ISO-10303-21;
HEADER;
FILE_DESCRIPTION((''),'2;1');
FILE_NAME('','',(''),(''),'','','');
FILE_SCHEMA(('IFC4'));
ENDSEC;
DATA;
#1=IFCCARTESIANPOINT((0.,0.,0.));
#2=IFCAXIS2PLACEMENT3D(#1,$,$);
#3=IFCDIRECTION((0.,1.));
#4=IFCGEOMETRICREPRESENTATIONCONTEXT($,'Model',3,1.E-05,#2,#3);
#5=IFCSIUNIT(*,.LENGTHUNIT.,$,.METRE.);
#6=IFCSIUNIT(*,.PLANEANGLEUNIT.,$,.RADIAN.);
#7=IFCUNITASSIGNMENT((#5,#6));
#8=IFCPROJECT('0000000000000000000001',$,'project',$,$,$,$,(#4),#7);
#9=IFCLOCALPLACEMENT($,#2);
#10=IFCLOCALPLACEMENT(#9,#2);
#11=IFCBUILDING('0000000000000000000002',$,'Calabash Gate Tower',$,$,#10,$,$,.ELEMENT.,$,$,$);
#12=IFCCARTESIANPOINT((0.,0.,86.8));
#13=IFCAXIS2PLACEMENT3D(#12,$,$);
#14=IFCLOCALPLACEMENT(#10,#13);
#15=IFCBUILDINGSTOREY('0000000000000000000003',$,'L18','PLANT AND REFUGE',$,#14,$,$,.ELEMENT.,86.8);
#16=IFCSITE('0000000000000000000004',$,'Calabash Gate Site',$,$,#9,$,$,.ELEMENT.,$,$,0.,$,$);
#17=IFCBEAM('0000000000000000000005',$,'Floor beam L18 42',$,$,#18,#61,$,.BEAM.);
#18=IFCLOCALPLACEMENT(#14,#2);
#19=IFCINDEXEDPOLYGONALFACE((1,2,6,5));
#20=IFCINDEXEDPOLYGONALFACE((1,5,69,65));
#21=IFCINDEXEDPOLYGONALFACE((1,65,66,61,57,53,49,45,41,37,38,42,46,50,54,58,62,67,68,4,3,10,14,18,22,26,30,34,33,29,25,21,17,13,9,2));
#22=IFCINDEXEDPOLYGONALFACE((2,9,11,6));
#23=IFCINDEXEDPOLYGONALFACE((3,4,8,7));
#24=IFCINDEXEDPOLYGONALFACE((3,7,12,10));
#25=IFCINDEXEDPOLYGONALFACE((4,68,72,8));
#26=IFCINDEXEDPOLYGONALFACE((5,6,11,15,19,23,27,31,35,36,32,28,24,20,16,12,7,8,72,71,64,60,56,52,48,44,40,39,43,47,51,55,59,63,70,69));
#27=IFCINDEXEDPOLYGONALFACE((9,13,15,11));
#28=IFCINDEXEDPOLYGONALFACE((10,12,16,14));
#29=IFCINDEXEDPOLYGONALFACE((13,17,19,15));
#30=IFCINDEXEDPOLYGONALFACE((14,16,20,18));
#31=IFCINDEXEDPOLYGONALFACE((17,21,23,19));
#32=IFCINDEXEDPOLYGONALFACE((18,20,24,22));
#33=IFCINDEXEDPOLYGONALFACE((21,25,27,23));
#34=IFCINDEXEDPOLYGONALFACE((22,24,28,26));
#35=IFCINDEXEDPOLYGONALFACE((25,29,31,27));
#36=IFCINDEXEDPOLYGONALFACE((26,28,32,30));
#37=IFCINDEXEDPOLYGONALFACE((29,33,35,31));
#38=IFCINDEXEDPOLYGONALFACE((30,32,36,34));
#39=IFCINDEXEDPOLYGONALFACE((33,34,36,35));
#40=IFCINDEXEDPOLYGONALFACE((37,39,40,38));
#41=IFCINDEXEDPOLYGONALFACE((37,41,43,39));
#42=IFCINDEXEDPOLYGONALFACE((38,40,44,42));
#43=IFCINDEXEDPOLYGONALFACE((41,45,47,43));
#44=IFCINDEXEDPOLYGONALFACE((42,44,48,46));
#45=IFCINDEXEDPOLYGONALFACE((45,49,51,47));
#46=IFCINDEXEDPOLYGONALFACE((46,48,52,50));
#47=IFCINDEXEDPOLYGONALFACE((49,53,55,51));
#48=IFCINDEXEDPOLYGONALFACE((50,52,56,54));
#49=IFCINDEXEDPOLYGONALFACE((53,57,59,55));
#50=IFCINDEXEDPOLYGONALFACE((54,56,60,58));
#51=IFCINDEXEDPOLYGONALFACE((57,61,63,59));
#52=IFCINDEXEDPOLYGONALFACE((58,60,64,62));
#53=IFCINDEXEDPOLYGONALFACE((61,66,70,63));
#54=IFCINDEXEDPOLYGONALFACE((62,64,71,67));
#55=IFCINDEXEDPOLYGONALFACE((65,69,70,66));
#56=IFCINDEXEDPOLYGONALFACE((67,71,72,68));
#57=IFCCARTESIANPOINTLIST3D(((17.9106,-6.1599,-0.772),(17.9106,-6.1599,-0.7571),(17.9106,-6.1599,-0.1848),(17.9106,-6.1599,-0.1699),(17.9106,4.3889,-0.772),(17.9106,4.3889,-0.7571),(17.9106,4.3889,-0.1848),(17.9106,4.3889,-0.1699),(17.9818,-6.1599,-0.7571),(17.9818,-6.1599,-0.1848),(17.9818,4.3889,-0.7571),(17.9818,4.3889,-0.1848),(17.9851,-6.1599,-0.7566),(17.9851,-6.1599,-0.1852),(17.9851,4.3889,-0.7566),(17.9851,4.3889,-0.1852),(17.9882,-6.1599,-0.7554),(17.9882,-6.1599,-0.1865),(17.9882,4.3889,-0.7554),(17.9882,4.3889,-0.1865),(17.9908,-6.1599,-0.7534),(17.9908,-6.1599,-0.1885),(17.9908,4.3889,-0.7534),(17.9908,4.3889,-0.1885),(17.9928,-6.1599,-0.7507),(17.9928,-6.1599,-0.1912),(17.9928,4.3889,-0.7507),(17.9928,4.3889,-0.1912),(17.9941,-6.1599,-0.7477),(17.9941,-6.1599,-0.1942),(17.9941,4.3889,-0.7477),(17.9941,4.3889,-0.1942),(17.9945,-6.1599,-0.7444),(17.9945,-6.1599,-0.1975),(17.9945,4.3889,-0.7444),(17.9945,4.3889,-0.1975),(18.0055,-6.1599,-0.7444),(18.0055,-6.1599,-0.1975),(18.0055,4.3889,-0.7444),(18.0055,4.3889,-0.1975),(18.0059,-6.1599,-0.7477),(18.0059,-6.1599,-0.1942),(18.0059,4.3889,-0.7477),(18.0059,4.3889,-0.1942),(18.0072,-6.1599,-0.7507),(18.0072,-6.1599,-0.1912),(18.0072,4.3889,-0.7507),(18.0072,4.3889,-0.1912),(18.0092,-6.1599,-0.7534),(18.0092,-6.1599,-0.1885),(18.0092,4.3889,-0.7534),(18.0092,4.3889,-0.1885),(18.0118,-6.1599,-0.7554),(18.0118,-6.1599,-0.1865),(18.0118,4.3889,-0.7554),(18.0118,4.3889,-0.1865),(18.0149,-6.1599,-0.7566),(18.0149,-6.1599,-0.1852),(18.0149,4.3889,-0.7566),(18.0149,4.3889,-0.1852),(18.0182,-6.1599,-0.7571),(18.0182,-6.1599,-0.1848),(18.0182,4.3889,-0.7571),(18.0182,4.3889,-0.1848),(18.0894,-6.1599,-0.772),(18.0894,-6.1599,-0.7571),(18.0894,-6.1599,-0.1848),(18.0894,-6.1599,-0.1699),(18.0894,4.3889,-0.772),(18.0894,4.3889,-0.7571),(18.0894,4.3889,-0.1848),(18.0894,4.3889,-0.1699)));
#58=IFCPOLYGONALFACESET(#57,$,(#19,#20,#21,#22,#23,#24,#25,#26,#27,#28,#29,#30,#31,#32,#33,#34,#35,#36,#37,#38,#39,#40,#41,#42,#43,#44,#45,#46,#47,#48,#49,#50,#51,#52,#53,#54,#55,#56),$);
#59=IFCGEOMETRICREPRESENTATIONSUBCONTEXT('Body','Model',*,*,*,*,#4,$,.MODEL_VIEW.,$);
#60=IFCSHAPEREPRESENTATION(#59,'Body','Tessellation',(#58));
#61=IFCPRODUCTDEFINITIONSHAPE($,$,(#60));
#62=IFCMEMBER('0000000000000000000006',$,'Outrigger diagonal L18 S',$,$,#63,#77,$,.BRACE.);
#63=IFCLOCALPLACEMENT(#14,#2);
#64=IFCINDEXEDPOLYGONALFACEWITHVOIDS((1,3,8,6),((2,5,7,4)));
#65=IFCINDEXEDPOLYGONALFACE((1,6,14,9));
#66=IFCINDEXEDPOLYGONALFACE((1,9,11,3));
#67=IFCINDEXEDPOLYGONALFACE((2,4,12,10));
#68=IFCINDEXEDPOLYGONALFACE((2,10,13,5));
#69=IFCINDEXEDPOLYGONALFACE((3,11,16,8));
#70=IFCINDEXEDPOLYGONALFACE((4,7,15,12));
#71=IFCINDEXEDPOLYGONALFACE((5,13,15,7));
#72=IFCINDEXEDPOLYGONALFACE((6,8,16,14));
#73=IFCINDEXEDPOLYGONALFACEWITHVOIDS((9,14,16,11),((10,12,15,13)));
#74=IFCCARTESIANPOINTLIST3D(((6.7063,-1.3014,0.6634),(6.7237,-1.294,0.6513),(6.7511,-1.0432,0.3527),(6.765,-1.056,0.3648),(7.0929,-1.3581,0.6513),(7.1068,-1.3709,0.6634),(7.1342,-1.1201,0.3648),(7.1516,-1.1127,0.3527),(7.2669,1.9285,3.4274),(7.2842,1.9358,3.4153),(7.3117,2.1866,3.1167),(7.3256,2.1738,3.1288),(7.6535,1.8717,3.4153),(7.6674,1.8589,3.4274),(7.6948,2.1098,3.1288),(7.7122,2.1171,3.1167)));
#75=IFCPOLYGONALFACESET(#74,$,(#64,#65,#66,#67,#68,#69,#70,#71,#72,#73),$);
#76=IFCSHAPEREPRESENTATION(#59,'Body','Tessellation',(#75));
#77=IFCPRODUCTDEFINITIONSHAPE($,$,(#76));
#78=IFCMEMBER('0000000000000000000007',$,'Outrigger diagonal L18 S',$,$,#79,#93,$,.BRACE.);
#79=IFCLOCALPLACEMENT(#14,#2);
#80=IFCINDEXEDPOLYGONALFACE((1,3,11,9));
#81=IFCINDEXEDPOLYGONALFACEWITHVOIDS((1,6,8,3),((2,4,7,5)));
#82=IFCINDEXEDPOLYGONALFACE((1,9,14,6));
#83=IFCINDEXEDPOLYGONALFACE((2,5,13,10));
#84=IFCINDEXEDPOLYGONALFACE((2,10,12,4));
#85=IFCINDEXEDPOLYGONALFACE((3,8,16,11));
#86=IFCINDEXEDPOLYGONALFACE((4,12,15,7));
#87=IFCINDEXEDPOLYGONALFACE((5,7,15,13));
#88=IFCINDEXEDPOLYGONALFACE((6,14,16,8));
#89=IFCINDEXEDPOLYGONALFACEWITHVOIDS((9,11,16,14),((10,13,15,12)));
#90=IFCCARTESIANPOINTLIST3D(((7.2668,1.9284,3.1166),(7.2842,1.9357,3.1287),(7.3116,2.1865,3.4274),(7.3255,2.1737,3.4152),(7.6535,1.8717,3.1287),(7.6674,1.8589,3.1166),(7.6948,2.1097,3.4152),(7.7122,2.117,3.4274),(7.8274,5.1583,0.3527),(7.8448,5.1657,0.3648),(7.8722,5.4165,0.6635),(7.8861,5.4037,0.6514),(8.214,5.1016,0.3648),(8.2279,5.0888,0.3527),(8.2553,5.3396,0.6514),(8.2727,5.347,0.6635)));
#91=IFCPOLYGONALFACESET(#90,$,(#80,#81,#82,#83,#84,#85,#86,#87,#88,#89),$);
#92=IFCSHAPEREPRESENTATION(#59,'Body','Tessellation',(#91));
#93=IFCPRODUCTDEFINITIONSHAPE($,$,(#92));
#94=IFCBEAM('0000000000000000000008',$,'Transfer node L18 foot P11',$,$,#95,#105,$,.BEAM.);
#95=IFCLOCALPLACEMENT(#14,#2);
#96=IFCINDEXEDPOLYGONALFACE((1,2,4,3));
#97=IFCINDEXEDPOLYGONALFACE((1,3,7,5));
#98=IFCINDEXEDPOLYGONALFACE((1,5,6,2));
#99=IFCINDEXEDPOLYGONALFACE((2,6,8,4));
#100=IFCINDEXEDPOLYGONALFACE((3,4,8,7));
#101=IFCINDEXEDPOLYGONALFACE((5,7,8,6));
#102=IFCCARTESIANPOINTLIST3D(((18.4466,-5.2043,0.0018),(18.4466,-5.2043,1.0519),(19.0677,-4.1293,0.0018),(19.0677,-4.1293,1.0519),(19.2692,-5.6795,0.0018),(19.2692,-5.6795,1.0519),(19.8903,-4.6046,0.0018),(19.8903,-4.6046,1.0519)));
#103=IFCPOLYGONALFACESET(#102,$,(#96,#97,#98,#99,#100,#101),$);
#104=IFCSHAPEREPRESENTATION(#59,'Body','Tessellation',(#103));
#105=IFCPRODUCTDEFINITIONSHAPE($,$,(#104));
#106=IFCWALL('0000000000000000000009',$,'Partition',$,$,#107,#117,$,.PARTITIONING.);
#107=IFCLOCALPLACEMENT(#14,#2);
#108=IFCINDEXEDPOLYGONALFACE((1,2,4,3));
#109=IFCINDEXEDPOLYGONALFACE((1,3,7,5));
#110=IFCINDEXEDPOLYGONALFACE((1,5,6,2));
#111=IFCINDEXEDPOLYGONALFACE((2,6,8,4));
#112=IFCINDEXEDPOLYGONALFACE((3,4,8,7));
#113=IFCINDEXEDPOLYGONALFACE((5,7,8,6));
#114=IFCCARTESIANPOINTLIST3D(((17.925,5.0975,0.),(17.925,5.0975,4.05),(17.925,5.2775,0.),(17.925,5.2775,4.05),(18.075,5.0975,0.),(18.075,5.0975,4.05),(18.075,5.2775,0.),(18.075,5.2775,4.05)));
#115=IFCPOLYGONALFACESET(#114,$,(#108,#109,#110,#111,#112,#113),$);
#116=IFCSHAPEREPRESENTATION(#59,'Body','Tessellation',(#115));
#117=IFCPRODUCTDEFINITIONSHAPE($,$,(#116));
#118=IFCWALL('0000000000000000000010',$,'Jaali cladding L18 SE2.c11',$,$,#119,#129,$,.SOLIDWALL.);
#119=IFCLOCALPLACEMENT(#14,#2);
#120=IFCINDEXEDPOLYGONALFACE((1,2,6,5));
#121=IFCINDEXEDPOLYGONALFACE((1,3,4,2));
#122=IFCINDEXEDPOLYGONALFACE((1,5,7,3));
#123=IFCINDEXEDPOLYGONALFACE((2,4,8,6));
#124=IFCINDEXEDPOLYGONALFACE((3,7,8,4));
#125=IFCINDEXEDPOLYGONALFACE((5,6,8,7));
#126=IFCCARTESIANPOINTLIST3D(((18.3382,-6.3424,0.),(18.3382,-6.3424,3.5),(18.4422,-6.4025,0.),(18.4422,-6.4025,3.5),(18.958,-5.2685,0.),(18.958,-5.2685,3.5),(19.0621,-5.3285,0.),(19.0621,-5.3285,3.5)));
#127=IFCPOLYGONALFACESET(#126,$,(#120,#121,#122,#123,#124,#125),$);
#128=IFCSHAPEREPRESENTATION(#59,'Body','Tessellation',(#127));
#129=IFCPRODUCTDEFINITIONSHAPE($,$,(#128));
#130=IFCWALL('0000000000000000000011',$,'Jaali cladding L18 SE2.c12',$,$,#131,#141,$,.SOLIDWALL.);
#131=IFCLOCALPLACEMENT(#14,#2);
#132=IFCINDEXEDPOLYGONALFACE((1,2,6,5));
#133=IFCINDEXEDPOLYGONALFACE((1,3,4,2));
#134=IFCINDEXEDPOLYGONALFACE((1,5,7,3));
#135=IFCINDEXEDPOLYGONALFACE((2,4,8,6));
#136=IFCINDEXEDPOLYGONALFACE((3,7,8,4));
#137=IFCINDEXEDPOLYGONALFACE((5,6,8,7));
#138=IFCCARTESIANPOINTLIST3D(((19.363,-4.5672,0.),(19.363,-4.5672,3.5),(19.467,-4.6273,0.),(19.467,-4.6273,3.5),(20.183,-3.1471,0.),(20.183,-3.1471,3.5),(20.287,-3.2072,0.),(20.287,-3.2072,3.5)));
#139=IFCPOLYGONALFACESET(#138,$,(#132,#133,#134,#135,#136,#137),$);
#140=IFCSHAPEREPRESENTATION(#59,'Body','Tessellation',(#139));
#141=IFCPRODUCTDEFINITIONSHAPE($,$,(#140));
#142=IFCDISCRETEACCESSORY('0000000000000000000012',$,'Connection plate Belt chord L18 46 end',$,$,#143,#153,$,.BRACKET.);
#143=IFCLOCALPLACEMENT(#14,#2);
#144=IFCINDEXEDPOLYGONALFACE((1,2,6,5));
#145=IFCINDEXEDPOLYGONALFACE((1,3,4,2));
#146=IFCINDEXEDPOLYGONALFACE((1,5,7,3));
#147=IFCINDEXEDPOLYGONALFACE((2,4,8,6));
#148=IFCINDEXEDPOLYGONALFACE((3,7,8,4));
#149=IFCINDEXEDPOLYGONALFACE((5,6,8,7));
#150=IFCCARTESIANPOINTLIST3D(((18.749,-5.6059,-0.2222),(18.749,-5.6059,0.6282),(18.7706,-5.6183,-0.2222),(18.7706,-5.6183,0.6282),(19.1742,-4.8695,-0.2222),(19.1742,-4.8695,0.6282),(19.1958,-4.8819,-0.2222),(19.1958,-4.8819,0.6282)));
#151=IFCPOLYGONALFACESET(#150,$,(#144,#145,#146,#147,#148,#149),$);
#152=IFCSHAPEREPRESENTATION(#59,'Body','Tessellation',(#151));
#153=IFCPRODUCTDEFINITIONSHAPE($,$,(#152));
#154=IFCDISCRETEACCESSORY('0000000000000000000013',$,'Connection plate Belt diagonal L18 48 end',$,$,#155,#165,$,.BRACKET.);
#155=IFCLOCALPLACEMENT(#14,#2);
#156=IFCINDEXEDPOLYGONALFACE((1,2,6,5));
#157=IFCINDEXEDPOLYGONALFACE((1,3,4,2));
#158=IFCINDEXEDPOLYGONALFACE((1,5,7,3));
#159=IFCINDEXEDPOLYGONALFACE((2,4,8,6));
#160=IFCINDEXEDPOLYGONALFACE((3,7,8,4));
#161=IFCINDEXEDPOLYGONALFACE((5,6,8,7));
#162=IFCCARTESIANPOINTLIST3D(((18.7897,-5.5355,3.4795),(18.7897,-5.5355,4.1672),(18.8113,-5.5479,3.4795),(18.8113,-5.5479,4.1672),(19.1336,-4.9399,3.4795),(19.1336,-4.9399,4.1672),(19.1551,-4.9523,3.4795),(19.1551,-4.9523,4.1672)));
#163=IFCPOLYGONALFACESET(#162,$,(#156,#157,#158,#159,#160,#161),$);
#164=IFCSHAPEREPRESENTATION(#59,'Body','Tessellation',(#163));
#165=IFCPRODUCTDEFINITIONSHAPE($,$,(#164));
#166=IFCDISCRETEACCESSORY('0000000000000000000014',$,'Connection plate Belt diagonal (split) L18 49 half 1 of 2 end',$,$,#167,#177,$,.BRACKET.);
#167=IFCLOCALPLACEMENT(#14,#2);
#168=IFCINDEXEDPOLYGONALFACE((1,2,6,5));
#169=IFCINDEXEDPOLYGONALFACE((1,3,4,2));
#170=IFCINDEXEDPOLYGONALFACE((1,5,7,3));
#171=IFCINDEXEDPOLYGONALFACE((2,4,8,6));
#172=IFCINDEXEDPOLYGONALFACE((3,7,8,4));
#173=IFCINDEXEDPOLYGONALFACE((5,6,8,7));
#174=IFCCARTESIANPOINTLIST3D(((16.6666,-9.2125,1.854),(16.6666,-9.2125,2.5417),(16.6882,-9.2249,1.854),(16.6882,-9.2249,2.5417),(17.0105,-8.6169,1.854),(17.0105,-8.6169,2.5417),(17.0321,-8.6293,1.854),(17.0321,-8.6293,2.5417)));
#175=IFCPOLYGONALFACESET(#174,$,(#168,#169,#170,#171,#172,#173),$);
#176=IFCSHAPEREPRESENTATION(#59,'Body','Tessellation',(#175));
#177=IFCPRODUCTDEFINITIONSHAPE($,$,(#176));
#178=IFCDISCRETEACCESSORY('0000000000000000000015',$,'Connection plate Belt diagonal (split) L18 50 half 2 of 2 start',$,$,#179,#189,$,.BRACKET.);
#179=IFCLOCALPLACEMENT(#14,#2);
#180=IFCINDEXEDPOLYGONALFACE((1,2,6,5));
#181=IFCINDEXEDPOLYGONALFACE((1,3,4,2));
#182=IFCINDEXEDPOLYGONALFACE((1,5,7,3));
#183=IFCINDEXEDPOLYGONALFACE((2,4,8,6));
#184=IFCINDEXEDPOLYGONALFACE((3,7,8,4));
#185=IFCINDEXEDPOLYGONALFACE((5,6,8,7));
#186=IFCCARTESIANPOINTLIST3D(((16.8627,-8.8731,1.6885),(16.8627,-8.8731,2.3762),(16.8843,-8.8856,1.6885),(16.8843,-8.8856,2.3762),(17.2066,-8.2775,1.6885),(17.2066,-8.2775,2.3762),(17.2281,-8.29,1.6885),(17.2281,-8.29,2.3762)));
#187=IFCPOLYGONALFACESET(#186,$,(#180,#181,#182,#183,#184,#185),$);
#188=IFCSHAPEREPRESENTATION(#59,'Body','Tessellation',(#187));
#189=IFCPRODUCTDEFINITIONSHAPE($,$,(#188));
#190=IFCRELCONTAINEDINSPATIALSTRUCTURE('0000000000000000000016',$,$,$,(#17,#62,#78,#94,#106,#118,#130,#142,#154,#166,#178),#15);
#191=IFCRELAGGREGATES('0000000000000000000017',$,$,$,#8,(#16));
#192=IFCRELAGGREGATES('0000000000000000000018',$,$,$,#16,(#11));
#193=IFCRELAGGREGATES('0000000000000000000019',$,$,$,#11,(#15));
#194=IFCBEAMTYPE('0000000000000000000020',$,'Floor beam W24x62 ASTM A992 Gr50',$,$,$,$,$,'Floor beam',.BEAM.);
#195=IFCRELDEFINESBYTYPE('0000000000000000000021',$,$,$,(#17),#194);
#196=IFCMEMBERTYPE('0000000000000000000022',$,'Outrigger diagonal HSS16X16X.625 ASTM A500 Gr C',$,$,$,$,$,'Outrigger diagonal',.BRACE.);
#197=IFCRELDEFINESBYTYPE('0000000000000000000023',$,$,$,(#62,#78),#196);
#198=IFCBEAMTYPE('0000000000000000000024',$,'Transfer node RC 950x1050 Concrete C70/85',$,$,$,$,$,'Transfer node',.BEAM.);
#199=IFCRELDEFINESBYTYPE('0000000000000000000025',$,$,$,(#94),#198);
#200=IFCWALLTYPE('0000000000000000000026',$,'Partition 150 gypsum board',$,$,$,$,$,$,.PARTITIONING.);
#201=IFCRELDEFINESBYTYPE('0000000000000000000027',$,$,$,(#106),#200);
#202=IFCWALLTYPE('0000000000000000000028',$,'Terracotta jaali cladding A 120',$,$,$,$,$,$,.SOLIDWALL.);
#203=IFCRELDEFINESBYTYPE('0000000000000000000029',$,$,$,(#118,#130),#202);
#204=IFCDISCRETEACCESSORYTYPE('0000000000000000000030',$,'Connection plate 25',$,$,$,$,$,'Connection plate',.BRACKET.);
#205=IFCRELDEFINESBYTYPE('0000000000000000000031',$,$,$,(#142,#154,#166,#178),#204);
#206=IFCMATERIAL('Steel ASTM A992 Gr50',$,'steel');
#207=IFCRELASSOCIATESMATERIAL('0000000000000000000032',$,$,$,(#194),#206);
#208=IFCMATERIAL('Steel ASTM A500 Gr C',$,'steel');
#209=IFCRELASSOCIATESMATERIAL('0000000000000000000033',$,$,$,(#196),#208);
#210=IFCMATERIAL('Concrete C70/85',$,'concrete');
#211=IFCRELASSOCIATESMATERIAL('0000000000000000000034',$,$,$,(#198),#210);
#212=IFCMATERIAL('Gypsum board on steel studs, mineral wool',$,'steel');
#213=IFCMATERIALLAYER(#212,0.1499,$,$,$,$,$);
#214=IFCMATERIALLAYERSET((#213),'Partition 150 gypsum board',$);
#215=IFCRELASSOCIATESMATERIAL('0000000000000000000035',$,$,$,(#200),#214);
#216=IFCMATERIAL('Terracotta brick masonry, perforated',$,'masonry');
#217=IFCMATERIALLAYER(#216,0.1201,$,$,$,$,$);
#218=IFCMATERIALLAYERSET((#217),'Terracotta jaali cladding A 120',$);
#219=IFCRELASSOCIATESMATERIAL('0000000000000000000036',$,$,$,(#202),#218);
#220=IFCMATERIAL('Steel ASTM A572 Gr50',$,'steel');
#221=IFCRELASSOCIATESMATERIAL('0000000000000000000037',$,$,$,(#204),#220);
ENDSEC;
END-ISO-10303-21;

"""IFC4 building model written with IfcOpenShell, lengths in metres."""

from ifc_helpers import new_model, si_unit, direction, frame, frame_2d, origin, origin_2d, place, context, subcontext, project, spatial, rectangle, hollow_rectangle, i_section, extrude, material, layer, layer_set, material_profile, profile_set, type_object, element, save


model = new_model("IFC4")

# Units and contexts
model_context = context("Model", 3, precision=1e-05, world=origin(), true_north=direction((0.0, 1.0)))
body_context = subcontext(model_context, "Body", "Model", "MODEL_VIEW")
ifc_project = project(units=[si_unit("LENGTHUNIT", "METRE"), si_unit("PLANEANGLEUNIT", "RADIAN")], contexts=[model_context])

# Site, building, storey
site_placement = place(None, origin())
site = spatial("IfcSite", under=ifc_project, at=site_placement, Name="Calabash Gate Site", CompositionType="ELEMENT", RefElevation=0.0)
building_placement = place(site_placement, origin())
building = spatial("IfcBuilding", under=site, at=building_placement, Name="Calabash Gate Tower", CompositionType="ELEMENT")
storey_placement = place(building_placement, frame((0.0, 0.0, 86.8)))
storey = spatial("IfcBuildingStorey", under=building, at=storey_placement, Name="L18", Description="PLANT AND REFUGE", CompositionType="ELEMENT", Elevation=86.8)

# Beam
ifc_material_1 = material(Name="Steel ASTM A992 Gr50", Category="steel")
ifc_material_profile_1 = material_profile(ifc_material_1, i_section(OverallWidth=0.1787, OverallDepth=0.6021, WebThickness=0.011, FlangeThickness=0.0149, FilletRadius=0.0127, at=origin_2d()))
ifc_profile_set_1 = profile_set([ifc_material_profile_1], Name="Steel ASTM A992 Gr50")
beam_type_1 = type_object("IfcBeamType", Name="Floor beam W24x62 ASTM A992 Gr50", ElementType="Floor beam", PredefinedType="BEAM", material=ifc_profile_set_1)
beam_1_placement = place(storey_placement, frame((18.0, -6.1599, -0.4709), z_axis=(0.0, 1.0, 0.0), x_axis=(-1.0, 0.0, 0.0)))
element("IfcBeam", 1, at=beam_1_placement, inside=storey, type_object=beam_type_1, Name="Floor beam L18 42", PredefinedType="BEAM", context=body_context, shape_type="SweptSolid", body=[
    extrude(i_section(OverallWidth=0.1787, OverallDepth=0.6021, WebThickness=0.011, FlangeThickness=0.0149, FilletRadius=0.0127, at=origin_2d()), origin(), (0.0, 0.0, 1.0), 10.5488),
])

# Members
ifc_material_2 = material(Name="Steel ASTM A500 Gr C", Category="steel")
ifc_material_profile_2 = material_profile(ifc_material_2, hollow_rectangle(XDim=0.4065, YDim=0.4065, WallThickness=0.0159, at=origin_2d()))
ifc_profile_set_2 = profile_set([ifc_material_profile_2], Name="Steel ASTM A500 Gr C")
member_type_1 = type_object("IfcMemberType", Name="Outrigger diagonal HSS16X16X.625 ASTM A500 Gr C", ElementType="Outrigger diagonal", PredefinedType="BRACE", material=ifc_profile_set_2)
for number, where, z_axis, x_axis, name in (
    (2, (6.929, -1.207, 0.5081), (0.130733, 0.753251, 0.64461), (-0.985271, 0.171002, 0.0), "Outrigger diagonal L18 S"),
    (3, (7.4895, 2.0227, 3.272), (0.130727, 0.753275, -0.644583), (-0.985273, 0.170989, 0.0), "Outrigger diagonal L18 S"),
):
    element("IfcMember", number, at=place(storey_placement, frame(where, z_axis=z_axis, x_axis=x_axis)), inside=storey, type_object=member_type_1, Name=name, PredefinedType="BRACE", context=body_context, shape_type="SweptSolid", body=[
        extrude(hollow_rectangle(XDim=0.4065, YDim=0.4065, WallThickness=0.0159, at=origin_2d()), origin(), (0.0, 0.0, 1.0), 4.2878),
    ])

# Beam
ifc_material_3 = material(Name="Concrete C70/85", Category="concrete")
ifc_material_profile_3 = material_profile(ifc_material_3, rectangle(XDim=0.95, YDim=1.05, at=origin_2d()))
ifc_profile_set_3 = profile_set([ifc_material_profile_3], Name="Concrete C70/85")
beam_type_2 = type_object("IfcBeamType", Name="Transfer node RC 950x1050 Concrete C70/85", ElementType="Transfer node", PredefinedType="BEAM", material=ifc_profile_set_3)
beam_2_placement = place(storey_placement, frame((18.8579, -5.4419, 0.5269), z_axis=(0.500284, 0.865861, 0.0), x_axis=(-0.865861, 0.500284, 0.0)))
element("IfcBeam", 4, at=beam_2_placement, inside=storey, type_object=beam_type_2, Name="Transfer node L18 foot P11", PredefinedType="BEAM", context=body_context, shape_type="SweptSolid", body=[
    extrude(rectangle(XDim=0.95, YDim=1.05, at=origin_2d()), origin(), (0.0, 0.0, 1.0), 1.2415),
])

# Walls
ifc_material_4 = material(Name="Gypsum board on steel studs, mineral wool", Category="steel")
ifc_layer_1 = layer(ifc_material_4, 0.1499)
ifc_layer_set_1 = layer_set([ifc_layer_1], Name="Partition 150 gypsum board")
wall_type_1 = type_object("IfcWallType", Name="Partition 150 gypsum board", PredefinedType="PARTITIONING", material=ifc_layer_set_1)
wall_1_placement = place(storey_placement, frame((18.0, 5.0977, 0.0), z_axis=(0.0, 0.0, 1.0), x_axis=(0.0, 1.0, 0.0)))
element("IfcWall", 5, at=wall_1_placement, inside=storey, type_object=wall_type_1, Name="Partition", PredefinedType="PARTITIONING", context=body_context, shape_type="SweptSolid", body=[
    extrude(rectangle(XDim=0.1799, YDim=0.1499, at=frame_2d((0.0898, 0.0))), origin(), (0.0, 0.0, 1.0), 4.05),
])
ifc_material_5 = material(Name="Terracotta brick masonry, perforated", Category="masonry")
ifc_layer_2 = layer(ifc_material_5, 0.1201)
ifc_layer_set_2 = layer_set([ifc_layer_2], Name="Terracotta jaali cladding A 120")
wall_type_2 = type_object("IfcWallType", Name="Terracotta jaali cladding A 120", PredefinedType="SOLIDWALL", material=ifc_layer_set_2)
wall_2_placement = place(storey_placement, frame((18.3901, -6.3726, 0.0), z_axis=(0.0, 0.0, 1.0), x_axis=(0.499887, 0.866091, 0.0)))
element("IfcWall", 6, at=wall_2_placement, inside=storey, type_object=wall_type_2, Name="Jaali cladding L18 SE2.c11", PredefinedType="SOLIDWALL", context=body_context, shape_type="SweptSolid", body=[
    extrude(rectangle(XDim=1.24, YDim=0.1201, at=frame_2d((0.6201, 0.0))), origin(), (0.0, 0.0, 1.0), 3.5),
])
wall_3_placement = place(storey_placement, frame((19.415, -4.5972, 0.0), z_axis=(0.0, 0.0, 1.0), x_axis=(0.500062, 0.86599, 0.0)))
element("IfcWall", 7, at=wall_3_placement, inside=storey, type_object=wall_type_2, Name="Jaali cladding L18 SE2.c12", PredefinedType="SOLIDWALL", context=body_context, shape_type="SweptSolid", body=[
    extrude(rectangle(XDim=1.6399, YDim=0.1201, at=frame_2d((0.8198, 0.0))), origin(), (0.0, 0.0, 1.0), 3.5),
])

# Discrete accessories
ifc_material_6 = material(Name="Steel ASTM A572 Gr50", Category="steel")
discrete_accessory_type = type_object("IfcDiscreteAccessoryType", Name="Connection plate 25", ElementType="Connection plate", PredefinedType="BRACKET", material=ifc_material_6)
discrete_accessory_1_placement = place(storey_placement, frame((18.9724, -5.2439, -0.2222), z_axis=(0.0, 0.0, 1.0), x_axis=(0.5, 0.866025, 0.0)))
element("IfcDiscreteAccessory", 8, at=discrete_accessory_1_placement, inside=storey, type_object=discrete_accessory_type, Name="Connection plate Belt chord L18 46 end", PredefinedType="BRACKET", context=body_context, shape_type="SweptSolid", body=[
    extrude(rectangle(XDim=0.8503, YDim=0.0249, at=origin_2d()), origin(), (0.0, 0.0, 1.0), 0.8503),
])
for number, where, z_axis, x_axis, name in (
    (9, (18.9724, -5.2439, 3.4795), (0.0, 0.0, 1.0), (0.5, 0.866025, 0.0), "Connection plate Belt diagonal L18 48 end"),
    (10, (16.8494, -8.9209, 1.854), (0.0, 0.0, 1.0), (0.5, 0.866025, 0.0), "Connection plate Belt diagonal (split) L18 49 half 1 of 2 end"),
    (11, (17.0454, -8.5815, 1.6885), (0.0, 0.0, 1.0), (0.5, 0.866025, 0.0), "Connection plate Belt diagonal (split) L18 50 half 2 of 2 start"),
):
    element("IfcDiscreteAccessory", number, at=place(storey_placement, frame(where, z_axis=z_axis, x_axis=x_axis)), inside=storey, type_object=discrete_accessory_type, Name=name, PredefinedType="BRACKET", context=body_context, shape_type="SweptSolid", body=[
        extrude(rectangle(XDim=0.6877, YDim=0.0249, at=origin_2d()), origin(), (0.0, 0.0, 1.0), 0.6877),
    ])

save(model, "model.ifc")
